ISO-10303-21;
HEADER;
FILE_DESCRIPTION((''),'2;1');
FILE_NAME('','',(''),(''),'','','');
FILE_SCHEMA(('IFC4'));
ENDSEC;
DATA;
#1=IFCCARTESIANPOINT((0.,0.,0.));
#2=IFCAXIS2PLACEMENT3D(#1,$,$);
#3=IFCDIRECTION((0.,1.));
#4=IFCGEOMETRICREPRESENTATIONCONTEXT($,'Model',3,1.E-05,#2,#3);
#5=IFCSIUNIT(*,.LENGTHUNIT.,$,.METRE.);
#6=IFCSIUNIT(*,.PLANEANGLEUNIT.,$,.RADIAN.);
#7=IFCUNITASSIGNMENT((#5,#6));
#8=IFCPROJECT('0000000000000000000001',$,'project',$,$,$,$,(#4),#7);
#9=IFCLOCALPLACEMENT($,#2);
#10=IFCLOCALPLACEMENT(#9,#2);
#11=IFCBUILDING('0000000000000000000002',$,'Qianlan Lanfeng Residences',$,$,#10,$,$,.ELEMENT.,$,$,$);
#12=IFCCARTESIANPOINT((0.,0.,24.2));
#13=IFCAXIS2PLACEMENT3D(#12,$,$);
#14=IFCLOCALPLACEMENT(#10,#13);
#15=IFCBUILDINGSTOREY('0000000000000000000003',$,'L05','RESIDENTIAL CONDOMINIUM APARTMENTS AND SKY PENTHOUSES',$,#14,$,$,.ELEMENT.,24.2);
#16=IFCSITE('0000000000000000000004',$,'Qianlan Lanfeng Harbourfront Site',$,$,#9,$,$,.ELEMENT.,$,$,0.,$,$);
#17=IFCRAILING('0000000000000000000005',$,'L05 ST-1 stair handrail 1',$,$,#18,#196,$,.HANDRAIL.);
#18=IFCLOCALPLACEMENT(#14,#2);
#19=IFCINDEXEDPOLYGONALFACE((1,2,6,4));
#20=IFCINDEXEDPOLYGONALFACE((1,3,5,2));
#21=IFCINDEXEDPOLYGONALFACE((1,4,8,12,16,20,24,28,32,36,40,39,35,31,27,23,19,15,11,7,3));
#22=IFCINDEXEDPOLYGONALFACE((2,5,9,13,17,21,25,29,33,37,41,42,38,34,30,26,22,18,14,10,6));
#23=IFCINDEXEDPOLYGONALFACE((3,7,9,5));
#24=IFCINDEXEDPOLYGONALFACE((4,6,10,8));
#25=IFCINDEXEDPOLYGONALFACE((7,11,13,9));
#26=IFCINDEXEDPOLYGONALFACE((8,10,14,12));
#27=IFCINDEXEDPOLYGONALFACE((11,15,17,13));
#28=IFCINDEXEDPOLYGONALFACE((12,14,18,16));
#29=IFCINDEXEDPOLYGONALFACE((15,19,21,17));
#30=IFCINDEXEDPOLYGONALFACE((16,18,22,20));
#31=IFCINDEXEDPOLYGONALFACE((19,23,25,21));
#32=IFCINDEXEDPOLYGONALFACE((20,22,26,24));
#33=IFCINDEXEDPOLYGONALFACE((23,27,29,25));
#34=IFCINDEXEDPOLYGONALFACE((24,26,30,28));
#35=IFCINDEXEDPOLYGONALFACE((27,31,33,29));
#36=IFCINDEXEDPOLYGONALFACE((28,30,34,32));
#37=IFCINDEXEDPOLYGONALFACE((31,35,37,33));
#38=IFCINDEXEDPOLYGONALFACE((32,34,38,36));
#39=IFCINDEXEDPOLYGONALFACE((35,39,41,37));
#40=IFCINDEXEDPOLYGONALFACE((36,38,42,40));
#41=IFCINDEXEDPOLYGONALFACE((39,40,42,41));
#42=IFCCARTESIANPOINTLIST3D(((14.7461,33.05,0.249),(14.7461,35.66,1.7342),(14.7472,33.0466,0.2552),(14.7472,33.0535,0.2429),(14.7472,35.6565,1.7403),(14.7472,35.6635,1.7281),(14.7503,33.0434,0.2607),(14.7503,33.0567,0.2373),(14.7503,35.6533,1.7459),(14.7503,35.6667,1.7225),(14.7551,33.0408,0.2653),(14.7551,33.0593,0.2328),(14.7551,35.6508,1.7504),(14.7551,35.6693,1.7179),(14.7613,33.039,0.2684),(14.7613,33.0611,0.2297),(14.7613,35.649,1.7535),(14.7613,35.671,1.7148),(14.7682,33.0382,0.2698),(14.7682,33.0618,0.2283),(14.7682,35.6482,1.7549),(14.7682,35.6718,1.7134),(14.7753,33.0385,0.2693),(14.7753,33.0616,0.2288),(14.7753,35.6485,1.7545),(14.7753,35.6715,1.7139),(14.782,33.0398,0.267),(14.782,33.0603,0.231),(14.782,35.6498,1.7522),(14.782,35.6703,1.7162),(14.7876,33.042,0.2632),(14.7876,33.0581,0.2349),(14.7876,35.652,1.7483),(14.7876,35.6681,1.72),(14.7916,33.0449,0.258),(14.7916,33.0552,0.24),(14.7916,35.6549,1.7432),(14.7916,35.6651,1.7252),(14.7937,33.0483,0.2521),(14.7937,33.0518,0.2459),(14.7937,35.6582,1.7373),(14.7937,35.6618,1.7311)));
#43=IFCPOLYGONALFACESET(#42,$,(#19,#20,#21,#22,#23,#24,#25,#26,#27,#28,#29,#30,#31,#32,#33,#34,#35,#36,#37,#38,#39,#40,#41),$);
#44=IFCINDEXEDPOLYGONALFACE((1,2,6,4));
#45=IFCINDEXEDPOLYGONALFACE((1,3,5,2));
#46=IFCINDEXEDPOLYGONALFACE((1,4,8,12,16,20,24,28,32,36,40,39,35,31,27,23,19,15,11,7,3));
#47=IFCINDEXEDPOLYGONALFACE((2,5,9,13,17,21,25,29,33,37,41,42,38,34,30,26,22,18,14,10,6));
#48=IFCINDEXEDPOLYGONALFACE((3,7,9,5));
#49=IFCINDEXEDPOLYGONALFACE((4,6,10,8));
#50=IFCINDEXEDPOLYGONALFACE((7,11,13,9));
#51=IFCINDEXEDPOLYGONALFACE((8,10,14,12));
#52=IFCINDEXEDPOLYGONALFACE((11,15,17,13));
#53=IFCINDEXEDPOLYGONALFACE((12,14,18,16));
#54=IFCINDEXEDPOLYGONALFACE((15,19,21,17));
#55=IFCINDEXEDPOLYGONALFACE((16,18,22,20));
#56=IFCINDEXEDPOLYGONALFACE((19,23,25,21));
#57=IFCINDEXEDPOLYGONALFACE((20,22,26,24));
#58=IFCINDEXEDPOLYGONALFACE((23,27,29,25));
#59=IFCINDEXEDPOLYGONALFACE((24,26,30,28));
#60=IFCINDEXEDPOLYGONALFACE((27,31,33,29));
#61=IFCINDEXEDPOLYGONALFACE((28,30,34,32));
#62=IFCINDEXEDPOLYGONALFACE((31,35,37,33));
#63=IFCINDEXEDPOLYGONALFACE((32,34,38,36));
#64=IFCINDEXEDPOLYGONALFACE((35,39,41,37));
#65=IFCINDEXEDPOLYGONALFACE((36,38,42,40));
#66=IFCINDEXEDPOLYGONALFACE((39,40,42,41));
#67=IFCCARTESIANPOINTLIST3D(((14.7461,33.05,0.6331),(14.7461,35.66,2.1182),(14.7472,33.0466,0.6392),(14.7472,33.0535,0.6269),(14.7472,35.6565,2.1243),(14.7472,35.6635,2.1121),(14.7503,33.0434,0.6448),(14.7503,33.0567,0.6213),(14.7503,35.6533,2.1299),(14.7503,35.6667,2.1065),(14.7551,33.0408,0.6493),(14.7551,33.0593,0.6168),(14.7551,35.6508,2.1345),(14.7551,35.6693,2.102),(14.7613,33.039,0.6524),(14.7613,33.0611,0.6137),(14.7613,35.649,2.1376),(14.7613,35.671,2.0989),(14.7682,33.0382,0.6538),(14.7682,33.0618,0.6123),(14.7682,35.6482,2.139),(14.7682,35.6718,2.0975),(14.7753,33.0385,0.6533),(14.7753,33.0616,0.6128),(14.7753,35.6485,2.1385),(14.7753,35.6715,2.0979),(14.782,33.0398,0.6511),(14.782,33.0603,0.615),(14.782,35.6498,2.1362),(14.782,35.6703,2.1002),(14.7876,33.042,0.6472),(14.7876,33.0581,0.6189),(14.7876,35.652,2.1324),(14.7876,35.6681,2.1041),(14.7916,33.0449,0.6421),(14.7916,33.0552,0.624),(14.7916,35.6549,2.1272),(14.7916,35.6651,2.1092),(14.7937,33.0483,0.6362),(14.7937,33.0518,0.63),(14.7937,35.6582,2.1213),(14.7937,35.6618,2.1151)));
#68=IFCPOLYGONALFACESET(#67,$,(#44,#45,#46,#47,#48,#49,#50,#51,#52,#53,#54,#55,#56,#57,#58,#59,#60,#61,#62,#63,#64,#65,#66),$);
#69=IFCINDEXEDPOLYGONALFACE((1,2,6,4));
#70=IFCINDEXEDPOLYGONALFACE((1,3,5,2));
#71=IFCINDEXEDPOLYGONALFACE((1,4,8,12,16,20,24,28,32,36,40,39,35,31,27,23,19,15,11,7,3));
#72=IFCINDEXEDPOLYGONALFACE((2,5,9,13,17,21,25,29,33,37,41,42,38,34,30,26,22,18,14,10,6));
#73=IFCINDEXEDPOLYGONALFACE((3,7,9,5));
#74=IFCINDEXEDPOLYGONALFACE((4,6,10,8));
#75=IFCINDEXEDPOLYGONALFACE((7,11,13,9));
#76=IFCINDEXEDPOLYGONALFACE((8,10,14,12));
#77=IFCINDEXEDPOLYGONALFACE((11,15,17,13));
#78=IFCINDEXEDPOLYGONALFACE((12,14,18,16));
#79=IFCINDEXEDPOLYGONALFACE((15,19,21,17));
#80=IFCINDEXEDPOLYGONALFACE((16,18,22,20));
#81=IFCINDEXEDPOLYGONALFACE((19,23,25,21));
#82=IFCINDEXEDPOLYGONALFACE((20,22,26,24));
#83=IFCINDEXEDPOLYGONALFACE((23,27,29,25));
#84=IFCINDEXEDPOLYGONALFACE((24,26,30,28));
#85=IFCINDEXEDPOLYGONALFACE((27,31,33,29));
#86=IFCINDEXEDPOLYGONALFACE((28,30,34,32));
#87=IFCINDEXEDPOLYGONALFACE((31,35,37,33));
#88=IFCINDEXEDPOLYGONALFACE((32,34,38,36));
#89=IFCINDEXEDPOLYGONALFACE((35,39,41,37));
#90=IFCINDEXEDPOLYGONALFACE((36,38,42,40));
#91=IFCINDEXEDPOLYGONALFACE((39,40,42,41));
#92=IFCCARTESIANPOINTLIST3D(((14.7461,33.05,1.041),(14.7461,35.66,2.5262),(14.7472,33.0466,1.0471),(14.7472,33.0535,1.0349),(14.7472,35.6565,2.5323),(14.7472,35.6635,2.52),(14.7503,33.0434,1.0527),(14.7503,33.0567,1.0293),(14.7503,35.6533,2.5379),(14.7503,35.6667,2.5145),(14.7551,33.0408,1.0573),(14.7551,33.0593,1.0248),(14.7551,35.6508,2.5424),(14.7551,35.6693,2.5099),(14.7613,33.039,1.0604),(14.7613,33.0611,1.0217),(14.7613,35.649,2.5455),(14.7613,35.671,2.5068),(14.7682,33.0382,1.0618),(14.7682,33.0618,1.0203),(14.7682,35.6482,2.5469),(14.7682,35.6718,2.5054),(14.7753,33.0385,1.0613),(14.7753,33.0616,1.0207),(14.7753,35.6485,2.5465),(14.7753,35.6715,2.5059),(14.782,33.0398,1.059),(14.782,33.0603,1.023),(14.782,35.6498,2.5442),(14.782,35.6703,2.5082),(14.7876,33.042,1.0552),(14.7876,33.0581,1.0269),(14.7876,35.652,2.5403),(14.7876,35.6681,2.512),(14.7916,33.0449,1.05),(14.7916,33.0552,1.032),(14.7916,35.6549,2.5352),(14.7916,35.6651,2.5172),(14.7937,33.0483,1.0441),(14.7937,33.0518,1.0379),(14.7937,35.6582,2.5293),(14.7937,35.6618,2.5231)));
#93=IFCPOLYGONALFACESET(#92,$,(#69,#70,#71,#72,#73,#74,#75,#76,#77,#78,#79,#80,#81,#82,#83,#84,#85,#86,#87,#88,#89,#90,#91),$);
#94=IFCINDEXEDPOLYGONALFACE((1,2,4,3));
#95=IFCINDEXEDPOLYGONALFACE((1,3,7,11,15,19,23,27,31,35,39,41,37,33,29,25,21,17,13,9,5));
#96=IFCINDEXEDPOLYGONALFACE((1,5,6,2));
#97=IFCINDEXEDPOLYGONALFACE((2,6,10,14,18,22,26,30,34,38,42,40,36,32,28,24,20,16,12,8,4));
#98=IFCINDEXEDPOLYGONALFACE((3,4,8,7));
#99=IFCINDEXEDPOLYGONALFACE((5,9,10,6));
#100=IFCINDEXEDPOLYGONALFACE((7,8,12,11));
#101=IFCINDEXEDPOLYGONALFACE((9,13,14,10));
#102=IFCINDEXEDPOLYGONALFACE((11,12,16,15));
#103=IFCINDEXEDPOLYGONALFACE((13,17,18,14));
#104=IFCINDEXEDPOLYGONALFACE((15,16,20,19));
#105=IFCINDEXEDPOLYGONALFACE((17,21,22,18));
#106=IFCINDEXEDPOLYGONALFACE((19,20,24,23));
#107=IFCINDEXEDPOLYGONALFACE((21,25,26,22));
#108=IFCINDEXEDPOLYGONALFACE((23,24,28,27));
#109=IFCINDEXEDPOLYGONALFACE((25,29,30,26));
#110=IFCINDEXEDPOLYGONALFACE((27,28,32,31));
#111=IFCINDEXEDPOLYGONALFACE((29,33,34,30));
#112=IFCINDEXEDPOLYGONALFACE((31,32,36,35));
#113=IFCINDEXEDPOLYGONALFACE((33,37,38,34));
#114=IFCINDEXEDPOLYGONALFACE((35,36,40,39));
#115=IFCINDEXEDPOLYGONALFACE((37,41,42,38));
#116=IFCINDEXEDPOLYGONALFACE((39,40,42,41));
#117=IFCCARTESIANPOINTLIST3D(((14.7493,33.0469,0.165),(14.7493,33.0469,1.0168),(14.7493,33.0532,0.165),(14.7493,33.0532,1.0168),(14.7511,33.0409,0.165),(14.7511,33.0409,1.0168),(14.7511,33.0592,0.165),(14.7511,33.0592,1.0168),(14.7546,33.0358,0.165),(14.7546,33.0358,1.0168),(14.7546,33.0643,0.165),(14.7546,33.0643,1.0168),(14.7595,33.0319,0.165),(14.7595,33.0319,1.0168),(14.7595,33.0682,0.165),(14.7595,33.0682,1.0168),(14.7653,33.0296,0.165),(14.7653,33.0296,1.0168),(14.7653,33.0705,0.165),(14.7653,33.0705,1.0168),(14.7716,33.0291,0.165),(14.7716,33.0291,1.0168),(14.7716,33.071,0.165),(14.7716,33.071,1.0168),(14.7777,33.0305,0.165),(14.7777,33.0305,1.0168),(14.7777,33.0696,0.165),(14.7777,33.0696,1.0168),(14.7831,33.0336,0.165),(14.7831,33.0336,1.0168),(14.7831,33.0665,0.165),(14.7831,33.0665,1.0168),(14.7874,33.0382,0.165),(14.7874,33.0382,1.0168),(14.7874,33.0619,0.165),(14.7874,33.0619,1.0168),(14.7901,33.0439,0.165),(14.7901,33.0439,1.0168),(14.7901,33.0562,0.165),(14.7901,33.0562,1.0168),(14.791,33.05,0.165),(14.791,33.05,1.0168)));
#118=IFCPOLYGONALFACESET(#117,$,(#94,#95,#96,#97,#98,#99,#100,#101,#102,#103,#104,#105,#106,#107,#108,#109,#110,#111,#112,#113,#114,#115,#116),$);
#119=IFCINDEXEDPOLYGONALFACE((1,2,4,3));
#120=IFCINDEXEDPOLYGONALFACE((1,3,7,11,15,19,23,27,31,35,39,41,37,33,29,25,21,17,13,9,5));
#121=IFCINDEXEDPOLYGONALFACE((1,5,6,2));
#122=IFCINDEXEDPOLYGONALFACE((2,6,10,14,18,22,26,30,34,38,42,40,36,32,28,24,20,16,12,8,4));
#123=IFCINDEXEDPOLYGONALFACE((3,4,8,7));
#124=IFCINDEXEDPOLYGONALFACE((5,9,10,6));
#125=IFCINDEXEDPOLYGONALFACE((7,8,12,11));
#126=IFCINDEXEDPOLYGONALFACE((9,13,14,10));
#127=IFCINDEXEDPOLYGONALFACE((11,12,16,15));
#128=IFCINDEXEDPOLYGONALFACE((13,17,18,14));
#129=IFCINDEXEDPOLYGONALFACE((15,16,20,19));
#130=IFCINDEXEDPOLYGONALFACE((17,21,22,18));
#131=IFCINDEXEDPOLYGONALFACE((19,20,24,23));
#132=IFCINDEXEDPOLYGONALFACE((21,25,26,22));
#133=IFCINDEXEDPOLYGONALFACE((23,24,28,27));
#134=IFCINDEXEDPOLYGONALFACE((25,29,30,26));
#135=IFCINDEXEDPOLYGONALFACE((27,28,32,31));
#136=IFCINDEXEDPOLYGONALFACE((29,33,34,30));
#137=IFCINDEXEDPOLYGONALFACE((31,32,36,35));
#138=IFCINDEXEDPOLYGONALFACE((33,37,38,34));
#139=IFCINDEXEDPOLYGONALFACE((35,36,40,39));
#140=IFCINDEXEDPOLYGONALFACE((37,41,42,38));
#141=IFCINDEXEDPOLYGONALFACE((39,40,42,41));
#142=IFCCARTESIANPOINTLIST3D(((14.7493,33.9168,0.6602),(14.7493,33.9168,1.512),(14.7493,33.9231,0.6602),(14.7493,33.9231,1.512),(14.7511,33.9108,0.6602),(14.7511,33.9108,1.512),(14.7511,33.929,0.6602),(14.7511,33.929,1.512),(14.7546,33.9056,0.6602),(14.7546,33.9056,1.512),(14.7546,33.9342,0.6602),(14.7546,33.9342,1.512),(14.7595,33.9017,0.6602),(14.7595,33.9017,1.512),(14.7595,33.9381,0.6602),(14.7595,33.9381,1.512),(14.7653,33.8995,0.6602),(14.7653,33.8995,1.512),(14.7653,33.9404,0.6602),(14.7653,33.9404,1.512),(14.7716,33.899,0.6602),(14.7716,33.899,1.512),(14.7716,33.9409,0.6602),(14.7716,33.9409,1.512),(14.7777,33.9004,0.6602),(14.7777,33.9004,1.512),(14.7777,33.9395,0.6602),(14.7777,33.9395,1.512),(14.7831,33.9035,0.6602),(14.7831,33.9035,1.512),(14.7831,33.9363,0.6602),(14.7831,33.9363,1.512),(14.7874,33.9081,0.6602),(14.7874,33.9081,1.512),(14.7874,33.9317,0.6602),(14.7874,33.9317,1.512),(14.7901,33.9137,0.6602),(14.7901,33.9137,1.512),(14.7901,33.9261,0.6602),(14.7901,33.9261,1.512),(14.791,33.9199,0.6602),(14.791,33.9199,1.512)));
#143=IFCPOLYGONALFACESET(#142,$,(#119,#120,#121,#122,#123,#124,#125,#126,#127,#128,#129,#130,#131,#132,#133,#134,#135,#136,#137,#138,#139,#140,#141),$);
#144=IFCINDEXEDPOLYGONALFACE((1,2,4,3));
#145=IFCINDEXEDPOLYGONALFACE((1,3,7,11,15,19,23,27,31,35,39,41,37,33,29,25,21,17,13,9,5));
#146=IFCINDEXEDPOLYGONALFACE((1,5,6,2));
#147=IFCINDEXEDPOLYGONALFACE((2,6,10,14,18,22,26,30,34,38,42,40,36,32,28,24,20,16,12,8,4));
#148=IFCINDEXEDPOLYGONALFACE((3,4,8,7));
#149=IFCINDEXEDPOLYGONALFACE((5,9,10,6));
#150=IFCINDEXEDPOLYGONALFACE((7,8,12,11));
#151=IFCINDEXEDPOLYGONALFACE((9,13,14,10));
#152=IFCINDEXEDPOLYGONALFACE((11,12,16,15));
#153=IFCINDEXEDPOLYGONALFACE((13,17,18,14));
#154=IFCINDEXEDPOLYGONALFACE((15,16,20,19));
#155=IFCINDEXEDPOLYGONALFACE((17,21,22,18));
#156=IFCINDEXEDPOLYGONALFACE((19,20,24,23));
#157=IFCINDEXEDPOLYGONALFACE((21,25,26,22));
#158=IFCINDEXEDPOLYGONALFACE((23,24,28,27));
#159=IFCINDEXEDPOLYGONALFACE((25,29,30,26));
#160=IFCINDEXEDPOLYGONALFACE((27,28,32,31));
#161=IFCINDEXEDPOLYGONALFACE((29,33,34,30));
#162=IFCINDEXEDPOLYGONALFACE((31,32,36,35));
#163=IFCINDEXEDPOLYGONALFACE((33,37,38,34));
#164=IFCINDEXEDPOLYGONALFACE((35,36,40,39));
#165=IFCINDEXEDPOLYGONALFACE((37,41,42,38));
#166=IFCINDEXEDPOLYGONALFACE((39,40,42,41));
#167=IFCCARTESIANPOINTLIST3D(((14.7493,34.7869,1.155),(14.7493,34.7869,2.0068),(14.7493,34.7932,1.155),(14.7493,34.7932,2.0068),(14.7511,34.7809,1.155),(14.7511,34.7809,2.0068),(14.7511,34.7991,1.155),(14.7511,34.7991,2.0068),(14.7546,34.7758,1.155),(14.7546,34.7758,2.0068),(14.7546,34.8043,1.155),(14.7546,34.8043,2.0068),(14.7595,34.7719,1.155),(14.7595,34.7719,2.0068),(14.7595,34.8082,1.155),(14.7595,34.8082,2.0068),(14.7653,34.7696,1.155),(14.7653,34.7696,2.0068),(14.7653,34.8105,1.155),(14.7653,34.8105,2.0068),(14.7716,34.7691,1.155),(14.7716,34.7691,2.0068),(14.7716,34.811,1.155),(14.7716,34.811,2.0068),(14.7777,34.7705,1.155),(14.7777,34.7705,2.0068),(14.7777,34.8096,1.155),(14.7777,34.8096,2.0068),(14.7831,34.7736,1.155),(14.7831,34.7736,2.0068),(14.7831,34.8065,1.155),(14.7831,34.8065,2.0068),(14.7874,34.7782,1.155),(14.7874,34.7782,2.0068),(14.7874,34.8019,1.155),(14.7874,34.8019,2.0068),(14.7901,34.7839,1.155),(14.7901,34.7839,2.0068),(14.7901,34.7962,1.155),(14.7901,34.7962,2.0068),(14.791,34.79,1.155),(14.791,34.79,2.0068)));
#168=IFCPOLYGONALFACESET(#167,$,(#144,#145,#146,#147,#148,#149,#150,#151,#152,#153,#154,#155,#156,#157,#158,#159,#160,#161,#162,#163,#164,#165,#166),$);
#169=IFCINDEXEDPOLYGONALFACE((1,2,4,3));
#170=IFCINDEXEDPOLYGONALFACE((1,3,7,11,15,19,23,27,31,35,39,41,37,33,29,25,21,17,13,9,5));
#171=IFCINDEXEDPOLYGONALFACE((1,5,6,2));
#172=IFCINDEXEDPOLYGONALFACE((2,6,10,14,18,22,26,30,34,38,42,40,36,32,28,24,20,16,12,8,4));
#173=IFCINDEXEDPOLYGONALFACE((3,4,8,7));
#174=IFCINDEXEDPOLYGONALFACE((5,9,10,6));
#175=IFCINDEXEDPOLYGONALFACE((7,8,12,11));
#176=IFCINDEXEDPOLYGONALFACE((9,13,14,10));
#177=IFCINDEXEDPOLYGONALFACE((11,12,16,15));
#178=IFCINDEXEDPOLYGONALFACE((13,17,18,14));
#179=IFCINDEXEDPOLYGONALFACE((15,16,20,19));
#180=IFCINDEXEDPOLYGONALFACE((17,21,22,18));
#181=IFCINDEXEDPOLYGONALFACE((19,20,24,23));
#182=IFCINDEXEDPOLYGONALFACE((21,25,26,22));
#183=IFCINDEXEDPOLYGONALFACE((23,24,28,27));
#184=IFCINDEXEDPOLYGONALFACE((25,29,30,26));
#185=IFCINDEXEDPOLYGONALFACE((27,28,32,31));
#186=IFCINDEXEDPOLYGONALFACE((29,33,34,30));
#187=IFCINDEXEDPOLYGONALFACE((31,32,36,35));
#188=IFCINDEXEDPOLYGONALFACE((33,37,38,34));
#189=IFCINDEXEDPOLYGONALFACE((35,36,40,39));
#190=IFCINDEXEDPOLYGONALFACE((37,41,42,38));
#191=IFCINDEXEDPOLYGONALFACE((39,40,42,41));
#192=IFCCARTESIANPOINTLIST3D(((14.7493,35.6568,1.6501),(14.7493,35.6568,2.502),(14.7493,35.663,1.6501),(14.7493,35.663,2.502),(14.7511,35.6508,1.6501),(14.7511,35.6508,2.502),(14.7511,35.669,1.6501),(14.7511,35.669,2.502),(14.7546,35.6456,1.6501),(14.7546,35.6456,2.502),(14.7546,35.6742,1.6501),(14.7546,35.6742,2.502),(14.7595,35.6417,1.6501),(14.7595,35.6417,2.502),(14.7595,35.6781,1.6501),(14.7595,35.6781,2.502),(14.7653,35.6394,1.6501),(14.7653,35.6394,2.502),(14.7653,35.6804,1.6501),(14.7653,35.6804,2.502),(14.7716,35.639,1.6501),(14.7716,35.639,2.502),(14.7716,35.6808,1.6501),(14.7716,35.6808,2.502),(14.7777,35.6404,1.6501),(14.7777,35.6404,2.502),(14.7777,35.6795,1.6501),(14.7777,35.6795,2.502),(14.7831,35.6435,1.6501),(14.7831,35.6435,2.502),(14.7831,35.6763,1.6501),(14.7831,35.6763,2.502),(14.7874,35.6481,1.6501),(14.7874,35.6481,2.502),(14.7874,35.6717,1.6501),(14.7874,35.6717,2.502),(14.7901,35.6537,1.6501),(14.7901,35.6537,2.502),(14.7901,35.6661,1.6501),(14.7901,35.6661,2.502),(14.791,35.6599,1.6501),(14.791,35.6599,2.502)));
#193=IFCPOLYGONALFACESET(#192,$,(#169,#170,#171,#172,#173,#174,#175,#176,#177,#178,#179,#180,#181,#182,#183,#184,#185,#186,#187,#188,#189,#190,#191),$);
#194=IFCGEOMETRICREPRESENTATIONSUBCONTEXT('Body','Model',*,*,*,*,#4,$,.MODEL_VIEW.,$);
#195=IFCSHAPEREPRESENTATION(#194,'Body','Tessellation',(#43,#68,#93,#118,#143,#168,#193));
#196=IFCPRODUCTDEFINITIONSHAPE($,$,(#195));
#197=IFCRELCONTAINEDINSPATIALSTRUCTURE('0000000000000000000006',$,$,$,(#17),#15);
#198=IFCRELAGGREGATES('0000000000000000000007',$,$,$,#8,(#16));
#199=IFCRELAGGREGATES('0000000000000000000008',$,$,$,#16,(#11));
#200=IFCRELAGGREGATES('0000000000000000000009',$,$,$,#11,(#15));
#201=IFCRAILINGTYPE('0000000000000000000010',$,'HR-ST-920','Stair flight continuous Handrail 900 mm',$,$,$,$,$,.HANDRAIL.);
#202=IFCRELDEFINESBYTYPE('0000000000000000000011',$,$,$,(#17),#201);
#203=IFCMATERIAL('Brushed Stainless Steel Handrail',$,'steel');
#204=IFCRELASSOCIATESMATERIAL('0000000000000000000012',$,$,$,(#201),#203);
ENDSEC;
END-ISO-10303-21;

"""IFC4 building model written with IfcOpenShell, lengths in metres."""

from ifc_helpers import new_model, si_unit, direction, frame, origin, origin_2d, place, context, subcontext, project, spatial, circle, extrude, material, type_object, element, save


model = new_model("IFC4")

# Units and contexts
model_context = context("Model", 3, precision=1e-05, world=origin(), true_north=direction((0.0, 1.0)))
body_context = subcontext(model_context, "Body", "Model", "MODEL_VIEW")
ifc_project = project(units=[si_unit("LENGTHUNIT", "METRE"), si_unit("PLANEANGLEUNIT", "RADIAN")], contexts=[model_context])

# Site, building, storey
site_placement = place(None, origin())
site = spatial("IfcSite", under=ifc_project, at=site_placement, Name="Qianlan Lanfeng Harbourfront Site", CompositionType="ELEMENT", RefElevation=0.0)
building_placement = place(site_placement, origin())
building = spatial("IfcBuilding", under=site, at=building_placement, Name="Qianlan Lanfeng Residences", CompositionType="ELEMENT")
storey_placement = place(building_placement, frame((0.0, 0.0, 24.2)))
storey = spatial("IfcBuildingStorey", under=building, at=storey_placement, Name="L05", Description="RESIDENTIAL CONDOMINIUM APARTMENTS AND SKY PENTHOUSES", CompositionType="ELEMENT", Elevation=24.2)

# Railing
ifc_material_1 = material(Name="Brushed Stainless Steel Handrail", Category="steel")
railing_type_1 = type_object("IfcRailingType", Name="HR-ST-920", Description="Stair flight continuous Handrail 900 mm", PredefinedType="HANDRAIL", material=ifc_material_1)
railing_1_placement = place(storey_placement, frame((14.77, 33.05, 0.165)))
element("IfcRailing", 1, at=railing_1_placement, inside=storey, type_object=railing_type_1, Name="L05 ST-1 stair handrail 1", PredefinedType="HANDRAIL", context=body_context, shape_type="SweptSolid", body=[
    extrude(circle(Radius=0.0239, at=origin_2d()), frame((0.0, 0.0, 0.084), z_axis=(0.0, 0.869137, 0.494571), x_axis=(-1.0, 0.0, 0.0)), (0.0, 0.0, 1.0), 3.0029),
    extrude(circle(Radius=0.0239, at=origin_2d()), frame((0.0, 0.0, 0.468), z_axis=(0.0, 0.869137, 0.494571), x_axis=(-1.0, 0.0, 0.0)), (0.0, 0.0, 1.0), 3.0029),
    extrude(circle(Radius=0.0239, at=origin_2d()), frame((0.0, 0.0, 0.876), z_axis=(0.0, 0.869137, 0.494571), x_axis=(-1.0, 0.0, 0.0)), (0.0, 0.0, 1.0), 3.0029),
    extrude(circle(Radius=0.021, at=origin_2d()), origin(), (0.0, 0.0, 1.0), 0.8518),
    extrude(circle(Radius=0.021, at=origin_2d()), frame((0.0, 0.8699, 0.4951)), (0.0, 0.0, 1.0), 0.8518),
    extrude(circle(Radius=0.021, at=origin_2d()), frame((0.0, 1.74, 0.99)), (0.0, 0.0, 1.0), 0.8518),
    extrude(circle(Radius=0.021, at=origin_2d()), frame((0.0, 2.6099, 1.4851)), (0.0, 0.0, 1.0), 0.8518),
])

save(model, "model.ifc")
